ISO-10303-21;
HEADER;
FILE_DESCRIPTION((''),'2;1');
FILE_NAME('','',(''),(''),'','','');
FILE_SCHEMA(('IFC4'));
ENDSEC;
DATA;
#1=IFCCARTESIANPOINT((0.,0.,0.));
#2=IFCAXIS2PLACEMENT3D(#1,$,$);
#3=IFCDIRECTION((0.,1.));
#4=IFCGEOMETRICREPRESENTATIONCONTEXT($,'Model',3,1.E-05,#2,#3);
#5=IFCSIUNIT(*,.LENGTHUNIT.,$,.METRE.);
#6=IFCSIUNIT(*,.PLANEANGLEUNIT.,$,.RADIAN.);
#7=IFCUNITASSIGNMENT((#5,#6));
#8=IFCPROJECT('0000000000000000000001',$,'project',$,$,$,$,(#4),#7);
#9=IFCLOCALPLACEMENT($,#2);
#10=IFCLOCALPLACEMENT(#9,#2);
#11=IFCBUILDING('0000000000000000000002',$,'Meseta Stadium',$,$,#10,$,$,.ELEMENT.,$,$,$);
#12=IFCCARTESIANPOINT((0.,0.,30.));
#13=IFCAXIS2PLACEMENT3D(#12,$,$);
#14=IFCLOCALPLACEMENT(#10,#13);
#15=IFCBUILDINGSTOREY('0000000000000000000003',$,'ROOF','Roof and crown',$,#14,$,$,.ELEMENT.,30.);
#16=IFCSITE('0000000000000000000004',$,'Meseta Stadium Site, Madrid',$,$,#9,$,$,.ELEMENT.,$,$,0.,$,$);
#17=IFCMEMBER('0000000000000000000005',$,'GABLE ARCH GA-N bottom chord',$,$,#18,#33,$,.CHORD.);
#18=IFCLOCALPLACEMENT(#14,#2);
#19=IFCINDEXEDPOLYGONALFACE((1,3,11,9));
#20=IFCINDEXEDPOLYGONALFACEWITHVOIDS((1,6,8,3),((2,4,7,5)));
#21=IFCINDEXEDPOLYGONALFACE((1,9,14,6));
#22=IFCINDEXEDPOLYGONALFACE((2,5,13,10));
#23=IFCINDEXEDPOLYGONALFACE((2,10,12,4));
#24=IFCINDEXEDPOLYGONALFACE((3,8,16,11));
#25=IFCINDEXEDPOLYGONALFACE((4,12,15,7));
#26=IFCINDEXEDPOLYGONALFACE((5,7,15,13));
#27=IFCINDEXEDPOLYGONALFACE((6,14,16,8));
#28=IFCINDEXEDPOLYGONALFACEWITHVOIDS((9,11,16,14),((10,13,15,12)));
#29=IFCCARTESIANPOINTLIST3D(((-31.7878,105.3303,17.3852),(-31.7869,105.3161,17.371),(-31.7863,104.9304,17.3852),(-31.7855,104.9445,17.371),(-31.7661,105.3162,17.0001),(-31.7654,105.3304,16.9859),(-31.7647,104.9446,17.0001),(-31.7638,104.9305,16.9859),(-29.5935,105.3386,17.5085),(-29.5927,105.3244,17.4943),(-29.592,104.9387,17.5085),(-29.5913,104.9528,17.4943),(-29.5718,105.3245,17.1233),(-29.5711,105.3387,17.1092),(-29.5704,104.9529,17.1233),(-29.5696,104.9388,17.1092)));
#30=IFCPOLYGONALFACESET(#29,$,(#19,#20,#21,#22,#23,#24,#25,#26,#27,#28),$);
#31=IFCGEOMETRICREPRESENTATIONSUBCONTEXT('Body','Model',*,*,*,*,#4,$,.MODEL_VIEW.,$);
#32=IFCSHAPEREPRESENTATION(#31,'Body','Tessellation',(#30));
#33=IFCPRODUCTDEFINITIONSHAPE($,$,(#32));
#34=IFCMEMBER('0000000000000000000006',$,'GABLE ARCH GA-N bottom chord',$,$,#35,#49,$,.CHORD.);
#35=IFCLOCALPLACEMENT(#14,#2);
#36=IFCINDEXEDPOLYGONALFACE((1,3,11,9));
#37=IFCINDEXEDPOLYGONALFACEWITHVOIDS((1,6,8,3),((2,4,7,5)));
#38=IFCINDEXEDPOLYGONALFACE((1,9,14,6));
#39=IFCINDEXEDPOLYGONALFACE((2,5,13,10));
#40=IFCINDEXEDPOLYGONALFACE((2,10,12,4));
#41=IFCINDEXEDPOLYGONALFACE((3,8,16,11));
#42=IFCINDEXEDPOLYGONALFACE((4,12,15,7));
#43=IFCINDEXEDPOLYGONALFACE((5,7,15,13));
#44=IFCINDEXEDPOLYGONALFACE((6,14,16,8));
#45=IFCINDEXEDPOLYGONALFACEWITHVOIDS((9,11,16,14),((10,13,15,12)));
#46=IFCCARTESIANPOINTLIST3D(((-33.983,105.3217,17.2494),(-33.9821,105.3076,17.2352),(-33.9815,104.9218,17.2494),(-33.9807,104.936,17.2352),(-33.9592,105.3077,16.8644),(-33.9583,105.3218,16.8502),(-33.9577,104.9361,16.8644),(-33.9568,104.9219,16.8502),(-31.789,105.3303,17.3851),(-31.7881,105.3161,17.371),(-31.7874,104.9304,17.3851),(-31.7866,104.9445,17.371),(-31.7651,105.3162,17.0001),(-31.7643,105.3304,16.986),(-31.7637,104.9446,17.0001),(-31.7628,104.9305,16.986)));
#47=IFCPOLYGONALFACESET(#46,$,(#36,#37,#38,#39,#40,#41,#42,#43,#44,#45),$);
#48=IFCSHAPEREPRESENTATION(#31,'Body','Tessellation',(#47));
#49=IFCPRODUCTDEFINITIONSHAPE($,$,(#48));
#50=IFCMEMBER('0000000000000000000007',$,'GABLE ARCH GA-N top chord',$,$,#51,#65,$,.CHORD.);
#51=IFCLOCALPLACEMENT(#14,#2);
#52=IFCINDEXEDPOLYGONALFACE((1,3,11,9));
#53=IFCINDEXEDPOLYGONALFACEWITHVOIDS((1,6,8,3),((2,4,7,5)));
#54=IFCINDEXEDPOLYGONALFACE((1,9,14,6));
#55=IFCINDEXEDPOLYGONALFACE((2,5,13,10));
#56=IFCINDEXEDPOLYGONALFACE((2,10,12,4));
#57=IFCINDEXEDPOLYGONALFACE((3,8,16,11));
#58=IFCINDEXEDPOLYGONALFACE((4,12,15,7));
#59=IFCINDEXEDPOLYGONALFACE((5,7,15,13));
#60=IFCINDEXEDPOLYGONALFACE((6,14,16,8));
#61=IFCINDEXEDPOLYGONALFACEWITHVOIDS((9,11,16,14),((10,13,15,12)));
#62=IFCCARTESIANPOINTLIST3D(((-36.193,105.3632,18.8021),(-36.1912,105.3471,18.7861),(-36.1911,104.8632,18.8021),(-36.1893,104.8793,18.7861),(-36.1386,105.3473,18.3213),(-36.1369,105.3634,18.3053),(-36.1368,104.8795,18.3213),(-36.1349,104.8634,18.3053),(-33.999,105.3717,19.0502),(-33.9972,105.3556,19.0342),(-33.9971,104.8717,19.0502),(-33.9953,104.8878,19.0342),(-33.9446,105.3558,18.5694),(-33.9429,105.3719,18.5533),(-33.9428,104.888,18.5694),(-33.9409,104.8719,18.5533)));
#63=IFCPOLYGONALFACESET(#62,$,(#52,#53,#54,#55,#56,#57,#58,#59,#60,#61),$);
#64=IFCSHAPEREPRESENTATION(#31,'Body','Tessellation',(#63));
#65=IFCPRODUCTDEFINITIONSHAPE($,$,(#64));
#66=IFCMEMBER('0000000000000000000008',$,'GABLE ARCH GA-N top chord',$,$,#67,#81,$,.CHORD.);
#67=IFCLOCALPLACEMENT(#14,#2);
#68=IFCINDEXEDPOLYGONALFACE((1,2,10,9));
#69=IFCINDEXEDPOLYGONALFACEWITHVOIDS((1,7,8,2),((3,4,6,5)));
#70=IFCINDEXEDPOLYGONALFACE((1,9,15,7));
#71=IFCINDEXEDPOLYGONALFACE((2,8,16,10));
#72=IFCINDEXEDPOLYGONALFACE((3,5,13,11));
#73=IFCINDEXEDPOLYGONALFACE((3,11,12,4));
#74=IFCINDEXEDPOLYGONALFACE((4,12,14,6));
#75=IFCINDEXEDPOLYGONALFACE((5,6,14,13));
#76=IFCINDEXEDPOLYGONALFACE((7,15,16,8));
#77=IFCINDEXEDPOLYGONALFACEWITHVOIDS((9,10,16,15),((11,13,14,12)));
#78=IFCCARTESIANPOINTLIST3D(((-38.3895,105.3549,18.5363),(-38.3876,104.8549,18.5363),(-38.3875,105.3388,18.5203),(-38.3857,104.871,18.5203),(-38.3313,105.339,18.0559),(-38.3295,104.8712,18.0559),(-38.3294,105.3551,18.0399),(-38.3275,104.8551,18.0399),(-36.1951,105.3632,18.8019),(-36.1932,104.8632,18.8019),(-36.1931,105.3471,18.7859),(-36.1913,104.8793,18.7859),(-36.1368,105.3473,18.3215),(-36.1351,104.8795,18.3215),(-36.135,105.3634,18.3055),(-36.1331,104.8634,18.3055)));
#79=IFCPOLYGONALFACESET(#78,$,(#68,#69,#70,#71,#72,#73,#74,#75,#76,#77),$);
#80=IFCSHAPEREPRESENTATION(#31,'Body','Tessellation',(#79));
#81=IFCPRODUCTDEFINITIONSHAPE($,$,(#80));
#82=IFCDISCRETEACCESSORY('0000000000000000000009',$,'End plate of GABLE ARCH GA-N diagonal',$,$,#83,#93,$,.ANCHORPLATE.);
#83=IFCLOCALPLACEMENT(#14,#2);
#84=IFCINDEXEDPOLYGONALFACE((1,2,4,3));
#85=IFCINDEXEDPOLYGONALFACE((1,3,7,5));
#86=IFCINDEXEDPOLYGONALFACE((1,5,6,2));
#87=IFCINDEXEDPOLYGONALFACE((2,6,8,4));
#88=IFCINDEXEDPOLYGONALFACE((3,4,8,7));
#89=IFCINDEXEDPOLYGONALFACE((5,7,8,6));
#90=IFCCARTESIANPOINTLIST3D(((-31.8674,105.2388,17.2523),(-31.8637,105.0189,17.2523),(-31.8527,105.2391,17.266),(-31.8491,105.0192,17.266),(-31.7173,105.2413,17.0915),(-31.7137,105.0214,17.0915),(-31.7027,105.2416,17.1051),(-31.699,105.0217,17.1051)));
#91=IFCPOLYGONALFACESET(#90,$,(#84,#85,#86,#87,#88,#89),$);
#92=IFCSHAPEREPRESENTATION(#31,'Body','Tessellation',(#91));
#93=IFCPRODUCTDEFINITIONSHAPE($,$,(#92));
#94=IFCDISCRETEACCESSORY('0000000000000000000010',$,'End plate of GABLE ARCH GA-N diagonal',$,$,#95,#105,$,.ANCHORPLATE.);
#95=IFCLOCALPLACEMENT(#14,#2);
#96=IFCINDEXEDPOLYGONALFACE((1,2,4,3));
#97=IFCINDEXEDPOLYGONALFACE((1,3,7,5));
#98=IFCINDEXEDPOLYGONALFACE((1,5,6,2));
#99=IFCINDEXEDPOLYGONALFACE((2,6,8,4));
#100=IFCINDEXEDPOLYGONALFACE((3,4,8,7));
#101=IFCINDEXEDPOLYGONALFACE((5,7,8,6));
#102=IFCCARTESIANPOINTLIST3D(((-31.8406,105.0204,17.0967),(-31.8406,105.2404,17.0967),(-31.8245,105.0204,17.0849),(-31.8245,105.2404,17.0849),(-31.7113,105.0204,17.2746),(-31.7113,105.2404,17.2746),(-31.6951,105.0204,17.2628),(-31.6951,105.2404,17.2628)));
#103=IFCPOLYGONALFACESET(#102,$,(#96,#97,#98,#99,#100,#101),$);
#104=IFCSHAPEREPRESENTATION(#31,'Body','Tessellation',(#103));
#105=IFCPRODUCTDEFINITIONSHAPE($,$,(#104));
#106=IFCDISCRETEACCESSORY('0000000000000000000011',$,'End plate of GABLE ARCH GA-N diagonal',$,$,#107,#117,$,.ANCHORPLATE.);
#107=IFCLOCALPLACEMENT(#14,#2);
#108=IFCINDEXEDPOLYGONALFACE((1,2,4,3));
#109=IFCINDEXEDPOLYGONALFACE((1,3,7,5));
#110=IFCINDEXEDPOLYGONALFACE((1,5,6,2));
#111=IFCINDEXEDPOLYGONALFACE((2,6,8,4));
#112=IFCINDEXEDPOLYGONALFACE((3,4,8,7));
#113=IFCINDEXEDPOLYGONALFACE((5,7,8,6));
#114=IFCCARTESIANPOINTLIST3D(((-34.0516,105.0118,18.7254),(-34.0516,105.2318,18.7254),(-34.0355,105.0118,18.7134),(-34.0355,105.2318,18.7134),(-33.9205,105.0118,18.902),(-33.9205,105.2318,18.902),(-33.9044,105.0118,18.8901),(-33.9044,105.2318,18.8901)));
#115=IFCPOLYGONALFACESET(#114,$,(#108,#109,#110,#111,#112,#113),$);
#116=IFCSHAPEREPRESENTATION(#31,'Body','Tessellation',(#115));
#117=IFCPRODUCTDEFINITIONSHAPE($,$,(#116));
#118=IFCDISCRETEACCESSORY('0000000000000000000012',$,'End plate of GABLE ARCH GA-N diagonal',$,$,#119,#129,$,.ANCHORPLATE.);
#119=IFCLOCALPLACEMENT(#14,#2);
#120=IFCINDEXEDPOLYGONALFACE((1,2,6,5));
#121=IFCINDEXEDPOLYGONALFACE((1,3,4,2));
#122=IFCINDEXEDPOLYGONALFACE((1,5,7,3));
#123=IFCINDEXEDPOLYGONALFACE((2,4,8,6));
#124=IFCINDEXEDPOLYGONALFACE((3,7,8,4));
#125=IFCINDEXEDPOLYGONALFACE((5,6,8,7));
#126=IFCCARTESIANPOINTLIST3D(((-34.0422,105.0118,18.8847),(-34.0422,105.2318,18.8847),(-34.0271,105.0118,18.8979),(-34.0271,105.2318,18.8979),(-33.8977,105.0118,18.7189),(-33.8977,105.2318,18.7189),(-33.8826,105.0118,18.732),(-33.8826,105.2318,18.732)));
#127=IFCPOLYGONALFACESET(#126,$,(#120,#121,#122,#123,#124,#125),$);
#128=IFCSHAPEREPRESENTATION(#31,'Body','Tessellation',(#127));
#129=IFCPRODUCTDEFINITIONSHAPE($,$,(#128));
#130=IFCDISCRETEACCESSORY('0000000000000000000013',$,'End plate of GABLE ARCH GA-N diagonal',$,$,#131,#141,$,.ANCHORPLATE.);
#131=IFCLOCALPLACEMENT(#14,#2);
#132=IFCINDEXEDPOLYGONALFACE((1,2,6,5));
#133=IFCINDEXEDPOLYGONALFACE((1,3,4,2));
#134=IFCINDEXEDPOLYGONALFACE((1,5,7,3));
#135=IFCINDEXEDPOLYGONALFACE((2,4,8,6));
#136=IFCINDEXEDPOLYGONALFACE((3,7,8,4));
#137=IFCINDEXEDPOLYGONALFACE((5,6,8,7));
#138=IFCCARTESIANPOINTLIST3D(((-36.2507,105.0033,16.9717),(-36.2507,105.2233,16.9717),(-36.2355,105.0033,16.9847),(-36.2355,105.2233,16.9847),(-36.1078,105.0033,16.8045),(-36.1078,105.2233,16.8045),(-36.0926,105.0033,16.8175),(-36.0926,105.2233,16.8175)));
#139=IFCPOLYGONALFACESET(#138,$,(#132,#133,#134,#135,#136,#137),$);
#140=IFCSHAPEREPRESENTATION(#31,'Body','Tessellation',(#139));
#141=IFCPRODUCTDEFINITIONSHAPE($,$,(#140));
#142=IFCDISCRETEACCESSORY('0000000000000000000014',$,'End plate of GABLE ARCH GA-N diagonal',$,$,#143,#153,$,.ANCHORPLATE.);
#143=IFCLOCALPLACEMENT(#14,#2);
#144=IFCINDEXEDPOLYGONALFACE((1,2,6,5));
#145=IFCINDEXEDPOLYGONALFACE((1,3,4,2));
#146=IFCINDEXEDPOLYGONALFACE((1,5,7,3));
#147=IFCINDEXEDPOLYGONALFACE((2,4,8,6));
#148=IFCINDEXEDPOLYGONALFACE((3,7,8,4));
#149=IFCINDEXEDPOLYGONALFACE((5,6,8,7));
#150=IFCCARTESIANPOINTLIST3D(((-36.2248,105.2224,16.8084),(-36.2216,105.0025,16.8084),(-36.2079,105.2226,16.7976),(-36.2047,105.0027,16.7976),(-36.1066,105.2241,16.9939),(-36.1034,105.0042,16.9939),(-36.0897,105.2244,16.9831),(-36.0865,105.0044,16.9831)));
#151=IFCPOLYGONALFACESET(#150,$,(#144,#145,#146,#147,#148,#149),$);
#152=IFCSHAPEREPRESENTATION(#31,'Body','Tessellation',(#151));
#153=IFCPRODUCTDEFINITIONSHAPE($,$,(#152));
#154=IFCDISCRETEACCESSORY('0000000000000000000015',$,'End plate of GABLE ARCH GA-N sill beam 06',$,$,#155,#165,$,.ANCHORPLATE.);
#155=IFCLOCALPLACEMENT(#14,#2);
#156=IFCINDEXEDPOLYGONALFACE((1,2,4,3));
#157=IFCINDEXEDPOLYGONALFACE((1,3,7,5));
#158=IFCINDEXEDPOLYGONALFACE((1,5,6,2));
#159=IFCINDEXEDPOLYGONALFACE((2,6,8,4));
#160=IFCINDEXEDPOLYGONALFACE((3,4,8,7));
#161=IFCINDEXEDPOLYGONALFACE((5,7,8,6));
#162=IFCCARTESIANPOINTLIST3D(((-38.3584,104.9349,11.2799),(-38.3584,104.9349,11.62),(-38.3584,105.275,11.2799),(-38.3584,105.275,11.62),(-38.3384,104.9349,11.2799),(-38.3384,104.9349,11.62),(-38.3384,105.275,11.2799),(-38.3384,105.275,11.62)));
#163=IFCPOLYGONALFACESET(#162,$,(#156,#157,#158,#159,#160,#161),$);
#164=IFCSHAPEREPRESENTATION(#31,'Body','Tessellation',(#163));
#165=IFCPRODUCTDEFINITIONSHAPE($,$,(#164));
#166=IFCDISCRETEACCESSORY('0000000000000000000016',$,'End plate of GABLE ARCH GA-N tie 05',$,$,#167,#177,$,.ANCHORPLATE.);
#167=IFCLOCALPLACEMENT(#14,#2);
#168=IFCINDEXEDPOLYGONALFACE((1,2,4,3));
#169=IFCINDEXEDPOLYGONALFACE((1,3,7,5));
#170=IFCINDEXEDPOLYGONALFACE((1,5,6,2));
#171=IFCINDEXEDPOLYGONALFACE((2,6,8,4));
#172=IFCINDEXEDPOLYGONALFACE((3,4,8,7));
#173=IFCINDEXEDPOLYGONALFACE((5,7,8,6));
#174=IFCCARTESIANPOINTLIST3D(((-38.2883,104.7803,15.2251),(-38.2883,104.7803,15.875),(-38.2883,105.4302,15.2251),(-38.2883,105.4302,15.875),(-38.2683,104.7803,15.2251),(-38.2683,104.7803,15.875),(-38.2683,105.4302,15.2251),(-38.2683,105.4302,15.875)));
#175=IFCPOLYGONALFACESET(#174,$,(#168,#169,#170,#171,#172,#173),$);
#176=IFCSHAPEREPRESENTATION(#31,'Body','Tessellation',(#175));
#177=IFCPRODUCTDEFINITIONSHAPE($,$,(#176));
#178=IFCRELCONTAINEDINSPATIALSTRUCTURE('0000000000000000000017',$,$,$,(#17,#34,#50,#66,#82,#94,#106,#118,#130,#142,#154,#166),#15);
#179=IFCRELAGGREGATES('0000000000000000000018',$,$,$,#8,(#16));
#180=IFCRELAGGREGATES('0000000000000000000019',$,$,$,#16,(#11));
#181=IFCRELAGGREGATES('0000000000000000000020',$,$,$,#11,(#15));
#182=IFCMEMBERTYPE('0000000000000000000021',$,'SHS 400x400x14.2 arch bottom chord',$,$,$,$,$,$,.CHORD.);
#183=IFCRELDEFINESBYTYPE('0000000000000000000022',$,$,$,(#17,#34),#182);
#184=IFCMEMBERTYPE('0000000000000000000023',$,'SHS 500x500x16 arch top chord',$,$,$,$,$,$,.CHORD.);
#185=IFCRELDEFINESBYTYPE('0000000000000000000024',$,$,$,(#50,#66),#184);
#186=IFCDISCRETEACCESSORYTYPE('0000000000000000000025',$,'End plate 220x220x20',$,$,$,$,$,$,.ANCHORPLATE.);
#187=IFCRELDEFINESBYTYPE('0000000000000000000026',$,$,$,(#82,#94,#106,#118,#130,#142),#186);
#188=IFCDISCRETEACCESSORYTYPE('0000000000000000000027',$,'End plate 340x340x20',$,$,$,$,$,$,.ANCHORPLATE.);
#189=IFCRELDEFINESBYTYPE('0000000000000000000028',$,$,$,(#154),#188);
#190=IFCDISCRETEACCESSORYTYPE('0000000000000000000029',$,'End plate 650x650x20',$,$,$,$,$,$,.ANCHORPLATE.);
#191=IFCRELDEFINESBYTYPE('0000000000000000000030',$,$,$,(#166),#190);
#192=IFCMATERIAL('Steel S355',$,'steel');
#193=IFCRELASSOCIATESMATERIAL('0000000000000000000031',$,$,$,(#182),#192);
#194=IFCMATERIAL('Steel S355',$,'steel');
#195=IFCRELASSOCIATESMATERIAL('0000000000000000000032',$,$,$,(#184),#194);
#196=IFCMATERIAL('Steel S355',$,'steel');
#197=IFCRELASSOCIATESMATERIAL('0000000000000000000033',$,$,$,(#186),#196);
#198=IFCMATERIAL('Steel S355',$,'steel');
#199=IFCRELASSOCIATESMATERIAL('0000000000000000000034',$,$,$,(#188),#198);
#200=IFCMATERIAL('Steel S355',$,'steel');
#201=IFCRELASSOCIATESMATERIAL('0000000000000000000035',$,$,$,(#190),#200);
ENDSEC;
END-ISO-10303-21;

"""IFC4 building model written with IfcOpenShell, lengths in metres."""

from ifc_helpers import new_model, si_unit, direction, frame, origin, origin_2d, place, context, subcontext, project, spatial, rectangle, hollow_rectangle, extrude, material, material_profile, profile_set, type_object, element, save


model = new_model("IFC4")

# Units and contexts
model_context = context("Model", 3, precision=1e-05, world=origin(), true_north=direction((0.0, 1.0)))
body_context = subcontext(model_context, "Body", "Model", "MODEL_VIEW")
ifc_project = project(units=[si_unit("LENGTHUNIT", "METRE"), si_unit("PLANEANGLEUNIT", "RADIAN")], contexts=[model_context])

# Site, building, storey
site_placement = place(None, origin())
site = spatial("IfcSite", under=ifc_project, at=site_placement, Name="Meseta Stadium Site, Madrid", CompositionType="ELEMENT", RefElevation=0.0)
building_placement = place(site_placement, origin())
building = spatial("IfcBuilding", under=site, at=building_placement, Name="Meseta Stadium", CompositionType="ELEMENT")
storey_placement = place(building_placement, frame((0.0, 0.0, 30.0)))
storey = spatial("IfcBuildingStorey", under=building, at=storey_placement, Name="ROOF", Description="Roof and crown", CompositionType="ELEMENT", Elevation=30.0)

# Members
ifc_material_1 = material(Name="Steel S355", Category="steel")
ifc_material_profile_1 = material_profile(ifc_material_1, hollow_rectangle(XDim=0.3999, YDim=0.3999, WallThickness=0.0142, at=origin_2d()), Name="SHS 400x400x14.2")
ifc_profile_set_1 = profile_set([ifc_material_profile_1], Name="Steel S355")
member_type_1 = type_object("IfcMemberType", Name="SHS 400x400x14.2 arch bottom chord", PredefinedType="CHORD", material=ifc_profile_set_1)
member_1_placement = place(storey_placement, frame((-29.5815, 105.1387, 17.3088), z_axis=(-0.998418, -0.003777, -0.056097), x_axis=(0.003783, -0.999993, 0.0)))
element("IfcMember", 1, at=member_1_placement, inside=storey, type_object=member_type_1, Name="GABLE ARCH GA-N bottom chord", PredefinedType="CHORD", context=body_context, shape_type="SweptSolid", body=[
    extrude(hollow_rectangle(XDim=0.3999, YDim=0.3999, WallThickness=0.0142, at=origin_2d()), origin(), (0.0, 0.0, 1.0), 2.1978),
])
member_2_placement = place(storey_placement, frame((-31.7759, 105.1304, 17.1855), z_axis=(-0.998084, -0.003887, -0.061749), x_axis=(0.003894, -0.999992, 0.0)))
element("IfcMember", 2, at=member_2_placement, inside=storey, type_object=member_type_1, Name="GABLE ARCH GA-N bottom chord", PredefinedType="CHORD", context=body_context, shape_type="SweptSolid", body=[
    extrude(hollow_rectangle(XDim=0.3999, YDim=0.3999, WallThickness=0.0142, at=origin_2d()), origin(), (0.0, 0.0, 1.0), 2.1982),
])
ifc_material_2 = material(Name="Steel S355", Category="steel")
ifc_material_profile_2 = material_profile(ifc_material_2, hollow_rectangle(XDim=0.5, YDim=0.5, WallThickness=0.0161, at=origin_2d()), Name="SHS 500x500x16")
ifc_profile_set_2 = profile_set([ifc_material_profile_2], Name="Steel S355")
member_type_2 = type_object("IfcMemberType", Name="SHS 500x500x16 arch top chord", PredefinedType="CHORD", material=ifc_profile_set_2)
member_3_placement = place(storey_placement, frame((-33.97, 105.1218, 18.8018), z_axis=(-0.993663, -0.00387, -0.112336), x_axis=(0.003894, -0.999992, 0.0)))
element("IfcMember", 3, at=member_3_placement, inside=storey, type_object=member_type_2, Name="GABLE ARCH GA-N top chord", PredefinedType="CHORD", context=body_context, shape_type="SweptSolid", body=[
    extrude(hollow_rectangle(XDim=0.5, YDim=0.5, WallThickness=0.0161, at=origin_2d()), origin(), (0.0, 0.0, 1.0), 2.208),
])
member_4_placement = place(storey_placement, frame((-36.1641, 105.1133, 18.5537), z_axis=(-0.992746, -0.003755, -0.120172), x_axis=(0.003783, -0.999993, 0.0)))
element("IfcMember", 4, at=member_4_placement, inside=storey, type_object=member_type_2, Name="GABLE ARCH GA-N top chord", PredefinedType="CHORD", context=body_context, shape_type="SweptSolid", body=[
    extrude(hollow_rectangle(XDim=0.5, YDim=0.5, WallThickness=0.0161, at=origin_2d()), origin(), (0.0, 0.0, 1.0), 2.2104),
])

# Discrete accessories
ifc_material_3 = material(Name="Steel S355", Category="steel")
ifc_material_profile_3 = material_profile(ifc_material_3, rectangle(XDim=0.22, YDim=0.22, at=origin_2d()), Name="PL 220x220")
ifc_profile_set_3 = profile_set([ifc_material_profile_3], Name="Steel S355")
discrete_accessory_type_1 = type_object("IfcDiscreteAccessoryType", Name="End plate 220x220x20", PredefinedType="ANCHORPLATE", material=ifc_profile_set_3)
for number, where, z_axis, x_axis, name in (
    (5, (-31.7759, 105.1304, 17.1855), (-0.731001, -0.012183, -0.682268), (0.016664, -0.999861, 0.0), "End plate of GABLE ARCH GA-N diagonal"),
    (6, (-31.7598, 105.1304, 17.1738), (-0.808736, 0.0, 0.588172), (0.0, -1.0, 0.0), "End plate of GABLE ARCH GA-N diagonal"),
    (7, (-33.97, 105.1218, 18.8018), (-0.80291, 0.0, 0.5961), (0.0, -1.0, 0.0), "End plate of GABLE ARCH GA-N diagonal"),
    (8, (-33.9548, 105.1218, 18.8149), (-0.754082, 0.0, -0.656781), (0.0, -1.0, 0.0), "End plate of GABLE ARCH GA-N diagonal"),
    (9, (-36.1641, 105.1133, 16.9011), (-0.760121, 0.0, -0.649781), (0.0, -1.0, 0.0), "End plate of GABLE ARCH GA-N diagonal"),
    (10, (-36.1472, 105.1135, 16.8904), (-0.843095, -0.012219, 0.537626), (0.014491, -0.999895, 0.0), "End plate of GABLE ARCH GA-N diagonal"),
):
    element("IfcDiscreteAccessory", number, at=place(storey_placement, frame(where, z_axis=z_axis, x_axis=x_axis)), inside=storey, type_object=discrete_accessory_type_1, Name=name, PredefinedType="ANCHORPLATE", context=body_context, shape_type="SweptSolid", body=[
        extrude(rectangle(XDim=0.22, YDim=0.22, at=origin_2d()), origin(), (0.0, 0.0, 1.0), 0.02),
    ])
ifc_material_4 = material(Name="Steel S355", Category="steel")
ifc_material_profile_4 = material_profile(ifc_material_4, rectangle(XDim=0.3401, YDim=0.3401, at=origin_2d()), Name="PL 340x340")
ifc_profile_set_4 = profile_set([ifc_material_profile_4], Name="Steel S355")
discrete_accessory_type_2 = type_object("IfcDiscreteAccessoryType", Name="End plate 340x340x20", PredefinedType="ANCHORPLATE", material=ifc_profile_set_4)
discrete_accessory_1_placement = place(storey_placement, frame((-38.3384, 105.105, 11.45), z_axis=(-1.0, 0.0, 0.0), x_axis=(0.0, -1.0, 0.0)))
element("IfcDiscreteAccessory", 11, at=discrete_accessory_1_placement, inside=storey, type_object=discrete_accessory_type_2, Name="End plate of GABLE ARCH GA-N sill beam 06", PredefinedType="ANCHORPLATE", context=body_context, shape_type="SweptSolid", body=[
    extrude(rectangle(XDim=0.3401, YDim=0.3401, at=origin_2d()), origin(), (0.0, 0.0, 1.0), 0.02),
])
ifc_material_5 = material(Name="Steel S355", Category="steel")
ifc_material_profile_5 = material_profile(ifc_material_5, rectangle(XDim=0.6499, YDim=0.6499, at=origin_2d()), Name="PL 650x650")
ifc_profile_set_5 = profile_set([ifc_material_profile_5], Name="Steel S355")
discrete_accessory_type_3 = type_object("IfcDiscreteAccessoryType", Name="End plate 650x650x20", PredefinedType="ANCHORPLATE", material=ifc_profile_set_5)
discrete_accessory_2_placement = place(storey_placement, frame((-38.2683, 105.1052, 15.55), z_axis=(-1.0, 0.0, 0.0), x_axis=(0.0, -1.0, 0.0)))
element("IfcDiscreteAccessory", 12, at=discrete_accessory_2_placement, inside=storey, type_object=discrete_accessory_type_3, Name="End plate of GABLE ARCH GA-N tie 05", PredefinedType="ANCHORPLATE", context=body_context, shape_type="SweptSolid", body=[
    extrude(rectangle(XDim=0.6499, YDim=0.6499, at=origin_2d()), origin(), (0.0, 0.0, 1.0), 0.02),
])

save(model, "model.ifc")
